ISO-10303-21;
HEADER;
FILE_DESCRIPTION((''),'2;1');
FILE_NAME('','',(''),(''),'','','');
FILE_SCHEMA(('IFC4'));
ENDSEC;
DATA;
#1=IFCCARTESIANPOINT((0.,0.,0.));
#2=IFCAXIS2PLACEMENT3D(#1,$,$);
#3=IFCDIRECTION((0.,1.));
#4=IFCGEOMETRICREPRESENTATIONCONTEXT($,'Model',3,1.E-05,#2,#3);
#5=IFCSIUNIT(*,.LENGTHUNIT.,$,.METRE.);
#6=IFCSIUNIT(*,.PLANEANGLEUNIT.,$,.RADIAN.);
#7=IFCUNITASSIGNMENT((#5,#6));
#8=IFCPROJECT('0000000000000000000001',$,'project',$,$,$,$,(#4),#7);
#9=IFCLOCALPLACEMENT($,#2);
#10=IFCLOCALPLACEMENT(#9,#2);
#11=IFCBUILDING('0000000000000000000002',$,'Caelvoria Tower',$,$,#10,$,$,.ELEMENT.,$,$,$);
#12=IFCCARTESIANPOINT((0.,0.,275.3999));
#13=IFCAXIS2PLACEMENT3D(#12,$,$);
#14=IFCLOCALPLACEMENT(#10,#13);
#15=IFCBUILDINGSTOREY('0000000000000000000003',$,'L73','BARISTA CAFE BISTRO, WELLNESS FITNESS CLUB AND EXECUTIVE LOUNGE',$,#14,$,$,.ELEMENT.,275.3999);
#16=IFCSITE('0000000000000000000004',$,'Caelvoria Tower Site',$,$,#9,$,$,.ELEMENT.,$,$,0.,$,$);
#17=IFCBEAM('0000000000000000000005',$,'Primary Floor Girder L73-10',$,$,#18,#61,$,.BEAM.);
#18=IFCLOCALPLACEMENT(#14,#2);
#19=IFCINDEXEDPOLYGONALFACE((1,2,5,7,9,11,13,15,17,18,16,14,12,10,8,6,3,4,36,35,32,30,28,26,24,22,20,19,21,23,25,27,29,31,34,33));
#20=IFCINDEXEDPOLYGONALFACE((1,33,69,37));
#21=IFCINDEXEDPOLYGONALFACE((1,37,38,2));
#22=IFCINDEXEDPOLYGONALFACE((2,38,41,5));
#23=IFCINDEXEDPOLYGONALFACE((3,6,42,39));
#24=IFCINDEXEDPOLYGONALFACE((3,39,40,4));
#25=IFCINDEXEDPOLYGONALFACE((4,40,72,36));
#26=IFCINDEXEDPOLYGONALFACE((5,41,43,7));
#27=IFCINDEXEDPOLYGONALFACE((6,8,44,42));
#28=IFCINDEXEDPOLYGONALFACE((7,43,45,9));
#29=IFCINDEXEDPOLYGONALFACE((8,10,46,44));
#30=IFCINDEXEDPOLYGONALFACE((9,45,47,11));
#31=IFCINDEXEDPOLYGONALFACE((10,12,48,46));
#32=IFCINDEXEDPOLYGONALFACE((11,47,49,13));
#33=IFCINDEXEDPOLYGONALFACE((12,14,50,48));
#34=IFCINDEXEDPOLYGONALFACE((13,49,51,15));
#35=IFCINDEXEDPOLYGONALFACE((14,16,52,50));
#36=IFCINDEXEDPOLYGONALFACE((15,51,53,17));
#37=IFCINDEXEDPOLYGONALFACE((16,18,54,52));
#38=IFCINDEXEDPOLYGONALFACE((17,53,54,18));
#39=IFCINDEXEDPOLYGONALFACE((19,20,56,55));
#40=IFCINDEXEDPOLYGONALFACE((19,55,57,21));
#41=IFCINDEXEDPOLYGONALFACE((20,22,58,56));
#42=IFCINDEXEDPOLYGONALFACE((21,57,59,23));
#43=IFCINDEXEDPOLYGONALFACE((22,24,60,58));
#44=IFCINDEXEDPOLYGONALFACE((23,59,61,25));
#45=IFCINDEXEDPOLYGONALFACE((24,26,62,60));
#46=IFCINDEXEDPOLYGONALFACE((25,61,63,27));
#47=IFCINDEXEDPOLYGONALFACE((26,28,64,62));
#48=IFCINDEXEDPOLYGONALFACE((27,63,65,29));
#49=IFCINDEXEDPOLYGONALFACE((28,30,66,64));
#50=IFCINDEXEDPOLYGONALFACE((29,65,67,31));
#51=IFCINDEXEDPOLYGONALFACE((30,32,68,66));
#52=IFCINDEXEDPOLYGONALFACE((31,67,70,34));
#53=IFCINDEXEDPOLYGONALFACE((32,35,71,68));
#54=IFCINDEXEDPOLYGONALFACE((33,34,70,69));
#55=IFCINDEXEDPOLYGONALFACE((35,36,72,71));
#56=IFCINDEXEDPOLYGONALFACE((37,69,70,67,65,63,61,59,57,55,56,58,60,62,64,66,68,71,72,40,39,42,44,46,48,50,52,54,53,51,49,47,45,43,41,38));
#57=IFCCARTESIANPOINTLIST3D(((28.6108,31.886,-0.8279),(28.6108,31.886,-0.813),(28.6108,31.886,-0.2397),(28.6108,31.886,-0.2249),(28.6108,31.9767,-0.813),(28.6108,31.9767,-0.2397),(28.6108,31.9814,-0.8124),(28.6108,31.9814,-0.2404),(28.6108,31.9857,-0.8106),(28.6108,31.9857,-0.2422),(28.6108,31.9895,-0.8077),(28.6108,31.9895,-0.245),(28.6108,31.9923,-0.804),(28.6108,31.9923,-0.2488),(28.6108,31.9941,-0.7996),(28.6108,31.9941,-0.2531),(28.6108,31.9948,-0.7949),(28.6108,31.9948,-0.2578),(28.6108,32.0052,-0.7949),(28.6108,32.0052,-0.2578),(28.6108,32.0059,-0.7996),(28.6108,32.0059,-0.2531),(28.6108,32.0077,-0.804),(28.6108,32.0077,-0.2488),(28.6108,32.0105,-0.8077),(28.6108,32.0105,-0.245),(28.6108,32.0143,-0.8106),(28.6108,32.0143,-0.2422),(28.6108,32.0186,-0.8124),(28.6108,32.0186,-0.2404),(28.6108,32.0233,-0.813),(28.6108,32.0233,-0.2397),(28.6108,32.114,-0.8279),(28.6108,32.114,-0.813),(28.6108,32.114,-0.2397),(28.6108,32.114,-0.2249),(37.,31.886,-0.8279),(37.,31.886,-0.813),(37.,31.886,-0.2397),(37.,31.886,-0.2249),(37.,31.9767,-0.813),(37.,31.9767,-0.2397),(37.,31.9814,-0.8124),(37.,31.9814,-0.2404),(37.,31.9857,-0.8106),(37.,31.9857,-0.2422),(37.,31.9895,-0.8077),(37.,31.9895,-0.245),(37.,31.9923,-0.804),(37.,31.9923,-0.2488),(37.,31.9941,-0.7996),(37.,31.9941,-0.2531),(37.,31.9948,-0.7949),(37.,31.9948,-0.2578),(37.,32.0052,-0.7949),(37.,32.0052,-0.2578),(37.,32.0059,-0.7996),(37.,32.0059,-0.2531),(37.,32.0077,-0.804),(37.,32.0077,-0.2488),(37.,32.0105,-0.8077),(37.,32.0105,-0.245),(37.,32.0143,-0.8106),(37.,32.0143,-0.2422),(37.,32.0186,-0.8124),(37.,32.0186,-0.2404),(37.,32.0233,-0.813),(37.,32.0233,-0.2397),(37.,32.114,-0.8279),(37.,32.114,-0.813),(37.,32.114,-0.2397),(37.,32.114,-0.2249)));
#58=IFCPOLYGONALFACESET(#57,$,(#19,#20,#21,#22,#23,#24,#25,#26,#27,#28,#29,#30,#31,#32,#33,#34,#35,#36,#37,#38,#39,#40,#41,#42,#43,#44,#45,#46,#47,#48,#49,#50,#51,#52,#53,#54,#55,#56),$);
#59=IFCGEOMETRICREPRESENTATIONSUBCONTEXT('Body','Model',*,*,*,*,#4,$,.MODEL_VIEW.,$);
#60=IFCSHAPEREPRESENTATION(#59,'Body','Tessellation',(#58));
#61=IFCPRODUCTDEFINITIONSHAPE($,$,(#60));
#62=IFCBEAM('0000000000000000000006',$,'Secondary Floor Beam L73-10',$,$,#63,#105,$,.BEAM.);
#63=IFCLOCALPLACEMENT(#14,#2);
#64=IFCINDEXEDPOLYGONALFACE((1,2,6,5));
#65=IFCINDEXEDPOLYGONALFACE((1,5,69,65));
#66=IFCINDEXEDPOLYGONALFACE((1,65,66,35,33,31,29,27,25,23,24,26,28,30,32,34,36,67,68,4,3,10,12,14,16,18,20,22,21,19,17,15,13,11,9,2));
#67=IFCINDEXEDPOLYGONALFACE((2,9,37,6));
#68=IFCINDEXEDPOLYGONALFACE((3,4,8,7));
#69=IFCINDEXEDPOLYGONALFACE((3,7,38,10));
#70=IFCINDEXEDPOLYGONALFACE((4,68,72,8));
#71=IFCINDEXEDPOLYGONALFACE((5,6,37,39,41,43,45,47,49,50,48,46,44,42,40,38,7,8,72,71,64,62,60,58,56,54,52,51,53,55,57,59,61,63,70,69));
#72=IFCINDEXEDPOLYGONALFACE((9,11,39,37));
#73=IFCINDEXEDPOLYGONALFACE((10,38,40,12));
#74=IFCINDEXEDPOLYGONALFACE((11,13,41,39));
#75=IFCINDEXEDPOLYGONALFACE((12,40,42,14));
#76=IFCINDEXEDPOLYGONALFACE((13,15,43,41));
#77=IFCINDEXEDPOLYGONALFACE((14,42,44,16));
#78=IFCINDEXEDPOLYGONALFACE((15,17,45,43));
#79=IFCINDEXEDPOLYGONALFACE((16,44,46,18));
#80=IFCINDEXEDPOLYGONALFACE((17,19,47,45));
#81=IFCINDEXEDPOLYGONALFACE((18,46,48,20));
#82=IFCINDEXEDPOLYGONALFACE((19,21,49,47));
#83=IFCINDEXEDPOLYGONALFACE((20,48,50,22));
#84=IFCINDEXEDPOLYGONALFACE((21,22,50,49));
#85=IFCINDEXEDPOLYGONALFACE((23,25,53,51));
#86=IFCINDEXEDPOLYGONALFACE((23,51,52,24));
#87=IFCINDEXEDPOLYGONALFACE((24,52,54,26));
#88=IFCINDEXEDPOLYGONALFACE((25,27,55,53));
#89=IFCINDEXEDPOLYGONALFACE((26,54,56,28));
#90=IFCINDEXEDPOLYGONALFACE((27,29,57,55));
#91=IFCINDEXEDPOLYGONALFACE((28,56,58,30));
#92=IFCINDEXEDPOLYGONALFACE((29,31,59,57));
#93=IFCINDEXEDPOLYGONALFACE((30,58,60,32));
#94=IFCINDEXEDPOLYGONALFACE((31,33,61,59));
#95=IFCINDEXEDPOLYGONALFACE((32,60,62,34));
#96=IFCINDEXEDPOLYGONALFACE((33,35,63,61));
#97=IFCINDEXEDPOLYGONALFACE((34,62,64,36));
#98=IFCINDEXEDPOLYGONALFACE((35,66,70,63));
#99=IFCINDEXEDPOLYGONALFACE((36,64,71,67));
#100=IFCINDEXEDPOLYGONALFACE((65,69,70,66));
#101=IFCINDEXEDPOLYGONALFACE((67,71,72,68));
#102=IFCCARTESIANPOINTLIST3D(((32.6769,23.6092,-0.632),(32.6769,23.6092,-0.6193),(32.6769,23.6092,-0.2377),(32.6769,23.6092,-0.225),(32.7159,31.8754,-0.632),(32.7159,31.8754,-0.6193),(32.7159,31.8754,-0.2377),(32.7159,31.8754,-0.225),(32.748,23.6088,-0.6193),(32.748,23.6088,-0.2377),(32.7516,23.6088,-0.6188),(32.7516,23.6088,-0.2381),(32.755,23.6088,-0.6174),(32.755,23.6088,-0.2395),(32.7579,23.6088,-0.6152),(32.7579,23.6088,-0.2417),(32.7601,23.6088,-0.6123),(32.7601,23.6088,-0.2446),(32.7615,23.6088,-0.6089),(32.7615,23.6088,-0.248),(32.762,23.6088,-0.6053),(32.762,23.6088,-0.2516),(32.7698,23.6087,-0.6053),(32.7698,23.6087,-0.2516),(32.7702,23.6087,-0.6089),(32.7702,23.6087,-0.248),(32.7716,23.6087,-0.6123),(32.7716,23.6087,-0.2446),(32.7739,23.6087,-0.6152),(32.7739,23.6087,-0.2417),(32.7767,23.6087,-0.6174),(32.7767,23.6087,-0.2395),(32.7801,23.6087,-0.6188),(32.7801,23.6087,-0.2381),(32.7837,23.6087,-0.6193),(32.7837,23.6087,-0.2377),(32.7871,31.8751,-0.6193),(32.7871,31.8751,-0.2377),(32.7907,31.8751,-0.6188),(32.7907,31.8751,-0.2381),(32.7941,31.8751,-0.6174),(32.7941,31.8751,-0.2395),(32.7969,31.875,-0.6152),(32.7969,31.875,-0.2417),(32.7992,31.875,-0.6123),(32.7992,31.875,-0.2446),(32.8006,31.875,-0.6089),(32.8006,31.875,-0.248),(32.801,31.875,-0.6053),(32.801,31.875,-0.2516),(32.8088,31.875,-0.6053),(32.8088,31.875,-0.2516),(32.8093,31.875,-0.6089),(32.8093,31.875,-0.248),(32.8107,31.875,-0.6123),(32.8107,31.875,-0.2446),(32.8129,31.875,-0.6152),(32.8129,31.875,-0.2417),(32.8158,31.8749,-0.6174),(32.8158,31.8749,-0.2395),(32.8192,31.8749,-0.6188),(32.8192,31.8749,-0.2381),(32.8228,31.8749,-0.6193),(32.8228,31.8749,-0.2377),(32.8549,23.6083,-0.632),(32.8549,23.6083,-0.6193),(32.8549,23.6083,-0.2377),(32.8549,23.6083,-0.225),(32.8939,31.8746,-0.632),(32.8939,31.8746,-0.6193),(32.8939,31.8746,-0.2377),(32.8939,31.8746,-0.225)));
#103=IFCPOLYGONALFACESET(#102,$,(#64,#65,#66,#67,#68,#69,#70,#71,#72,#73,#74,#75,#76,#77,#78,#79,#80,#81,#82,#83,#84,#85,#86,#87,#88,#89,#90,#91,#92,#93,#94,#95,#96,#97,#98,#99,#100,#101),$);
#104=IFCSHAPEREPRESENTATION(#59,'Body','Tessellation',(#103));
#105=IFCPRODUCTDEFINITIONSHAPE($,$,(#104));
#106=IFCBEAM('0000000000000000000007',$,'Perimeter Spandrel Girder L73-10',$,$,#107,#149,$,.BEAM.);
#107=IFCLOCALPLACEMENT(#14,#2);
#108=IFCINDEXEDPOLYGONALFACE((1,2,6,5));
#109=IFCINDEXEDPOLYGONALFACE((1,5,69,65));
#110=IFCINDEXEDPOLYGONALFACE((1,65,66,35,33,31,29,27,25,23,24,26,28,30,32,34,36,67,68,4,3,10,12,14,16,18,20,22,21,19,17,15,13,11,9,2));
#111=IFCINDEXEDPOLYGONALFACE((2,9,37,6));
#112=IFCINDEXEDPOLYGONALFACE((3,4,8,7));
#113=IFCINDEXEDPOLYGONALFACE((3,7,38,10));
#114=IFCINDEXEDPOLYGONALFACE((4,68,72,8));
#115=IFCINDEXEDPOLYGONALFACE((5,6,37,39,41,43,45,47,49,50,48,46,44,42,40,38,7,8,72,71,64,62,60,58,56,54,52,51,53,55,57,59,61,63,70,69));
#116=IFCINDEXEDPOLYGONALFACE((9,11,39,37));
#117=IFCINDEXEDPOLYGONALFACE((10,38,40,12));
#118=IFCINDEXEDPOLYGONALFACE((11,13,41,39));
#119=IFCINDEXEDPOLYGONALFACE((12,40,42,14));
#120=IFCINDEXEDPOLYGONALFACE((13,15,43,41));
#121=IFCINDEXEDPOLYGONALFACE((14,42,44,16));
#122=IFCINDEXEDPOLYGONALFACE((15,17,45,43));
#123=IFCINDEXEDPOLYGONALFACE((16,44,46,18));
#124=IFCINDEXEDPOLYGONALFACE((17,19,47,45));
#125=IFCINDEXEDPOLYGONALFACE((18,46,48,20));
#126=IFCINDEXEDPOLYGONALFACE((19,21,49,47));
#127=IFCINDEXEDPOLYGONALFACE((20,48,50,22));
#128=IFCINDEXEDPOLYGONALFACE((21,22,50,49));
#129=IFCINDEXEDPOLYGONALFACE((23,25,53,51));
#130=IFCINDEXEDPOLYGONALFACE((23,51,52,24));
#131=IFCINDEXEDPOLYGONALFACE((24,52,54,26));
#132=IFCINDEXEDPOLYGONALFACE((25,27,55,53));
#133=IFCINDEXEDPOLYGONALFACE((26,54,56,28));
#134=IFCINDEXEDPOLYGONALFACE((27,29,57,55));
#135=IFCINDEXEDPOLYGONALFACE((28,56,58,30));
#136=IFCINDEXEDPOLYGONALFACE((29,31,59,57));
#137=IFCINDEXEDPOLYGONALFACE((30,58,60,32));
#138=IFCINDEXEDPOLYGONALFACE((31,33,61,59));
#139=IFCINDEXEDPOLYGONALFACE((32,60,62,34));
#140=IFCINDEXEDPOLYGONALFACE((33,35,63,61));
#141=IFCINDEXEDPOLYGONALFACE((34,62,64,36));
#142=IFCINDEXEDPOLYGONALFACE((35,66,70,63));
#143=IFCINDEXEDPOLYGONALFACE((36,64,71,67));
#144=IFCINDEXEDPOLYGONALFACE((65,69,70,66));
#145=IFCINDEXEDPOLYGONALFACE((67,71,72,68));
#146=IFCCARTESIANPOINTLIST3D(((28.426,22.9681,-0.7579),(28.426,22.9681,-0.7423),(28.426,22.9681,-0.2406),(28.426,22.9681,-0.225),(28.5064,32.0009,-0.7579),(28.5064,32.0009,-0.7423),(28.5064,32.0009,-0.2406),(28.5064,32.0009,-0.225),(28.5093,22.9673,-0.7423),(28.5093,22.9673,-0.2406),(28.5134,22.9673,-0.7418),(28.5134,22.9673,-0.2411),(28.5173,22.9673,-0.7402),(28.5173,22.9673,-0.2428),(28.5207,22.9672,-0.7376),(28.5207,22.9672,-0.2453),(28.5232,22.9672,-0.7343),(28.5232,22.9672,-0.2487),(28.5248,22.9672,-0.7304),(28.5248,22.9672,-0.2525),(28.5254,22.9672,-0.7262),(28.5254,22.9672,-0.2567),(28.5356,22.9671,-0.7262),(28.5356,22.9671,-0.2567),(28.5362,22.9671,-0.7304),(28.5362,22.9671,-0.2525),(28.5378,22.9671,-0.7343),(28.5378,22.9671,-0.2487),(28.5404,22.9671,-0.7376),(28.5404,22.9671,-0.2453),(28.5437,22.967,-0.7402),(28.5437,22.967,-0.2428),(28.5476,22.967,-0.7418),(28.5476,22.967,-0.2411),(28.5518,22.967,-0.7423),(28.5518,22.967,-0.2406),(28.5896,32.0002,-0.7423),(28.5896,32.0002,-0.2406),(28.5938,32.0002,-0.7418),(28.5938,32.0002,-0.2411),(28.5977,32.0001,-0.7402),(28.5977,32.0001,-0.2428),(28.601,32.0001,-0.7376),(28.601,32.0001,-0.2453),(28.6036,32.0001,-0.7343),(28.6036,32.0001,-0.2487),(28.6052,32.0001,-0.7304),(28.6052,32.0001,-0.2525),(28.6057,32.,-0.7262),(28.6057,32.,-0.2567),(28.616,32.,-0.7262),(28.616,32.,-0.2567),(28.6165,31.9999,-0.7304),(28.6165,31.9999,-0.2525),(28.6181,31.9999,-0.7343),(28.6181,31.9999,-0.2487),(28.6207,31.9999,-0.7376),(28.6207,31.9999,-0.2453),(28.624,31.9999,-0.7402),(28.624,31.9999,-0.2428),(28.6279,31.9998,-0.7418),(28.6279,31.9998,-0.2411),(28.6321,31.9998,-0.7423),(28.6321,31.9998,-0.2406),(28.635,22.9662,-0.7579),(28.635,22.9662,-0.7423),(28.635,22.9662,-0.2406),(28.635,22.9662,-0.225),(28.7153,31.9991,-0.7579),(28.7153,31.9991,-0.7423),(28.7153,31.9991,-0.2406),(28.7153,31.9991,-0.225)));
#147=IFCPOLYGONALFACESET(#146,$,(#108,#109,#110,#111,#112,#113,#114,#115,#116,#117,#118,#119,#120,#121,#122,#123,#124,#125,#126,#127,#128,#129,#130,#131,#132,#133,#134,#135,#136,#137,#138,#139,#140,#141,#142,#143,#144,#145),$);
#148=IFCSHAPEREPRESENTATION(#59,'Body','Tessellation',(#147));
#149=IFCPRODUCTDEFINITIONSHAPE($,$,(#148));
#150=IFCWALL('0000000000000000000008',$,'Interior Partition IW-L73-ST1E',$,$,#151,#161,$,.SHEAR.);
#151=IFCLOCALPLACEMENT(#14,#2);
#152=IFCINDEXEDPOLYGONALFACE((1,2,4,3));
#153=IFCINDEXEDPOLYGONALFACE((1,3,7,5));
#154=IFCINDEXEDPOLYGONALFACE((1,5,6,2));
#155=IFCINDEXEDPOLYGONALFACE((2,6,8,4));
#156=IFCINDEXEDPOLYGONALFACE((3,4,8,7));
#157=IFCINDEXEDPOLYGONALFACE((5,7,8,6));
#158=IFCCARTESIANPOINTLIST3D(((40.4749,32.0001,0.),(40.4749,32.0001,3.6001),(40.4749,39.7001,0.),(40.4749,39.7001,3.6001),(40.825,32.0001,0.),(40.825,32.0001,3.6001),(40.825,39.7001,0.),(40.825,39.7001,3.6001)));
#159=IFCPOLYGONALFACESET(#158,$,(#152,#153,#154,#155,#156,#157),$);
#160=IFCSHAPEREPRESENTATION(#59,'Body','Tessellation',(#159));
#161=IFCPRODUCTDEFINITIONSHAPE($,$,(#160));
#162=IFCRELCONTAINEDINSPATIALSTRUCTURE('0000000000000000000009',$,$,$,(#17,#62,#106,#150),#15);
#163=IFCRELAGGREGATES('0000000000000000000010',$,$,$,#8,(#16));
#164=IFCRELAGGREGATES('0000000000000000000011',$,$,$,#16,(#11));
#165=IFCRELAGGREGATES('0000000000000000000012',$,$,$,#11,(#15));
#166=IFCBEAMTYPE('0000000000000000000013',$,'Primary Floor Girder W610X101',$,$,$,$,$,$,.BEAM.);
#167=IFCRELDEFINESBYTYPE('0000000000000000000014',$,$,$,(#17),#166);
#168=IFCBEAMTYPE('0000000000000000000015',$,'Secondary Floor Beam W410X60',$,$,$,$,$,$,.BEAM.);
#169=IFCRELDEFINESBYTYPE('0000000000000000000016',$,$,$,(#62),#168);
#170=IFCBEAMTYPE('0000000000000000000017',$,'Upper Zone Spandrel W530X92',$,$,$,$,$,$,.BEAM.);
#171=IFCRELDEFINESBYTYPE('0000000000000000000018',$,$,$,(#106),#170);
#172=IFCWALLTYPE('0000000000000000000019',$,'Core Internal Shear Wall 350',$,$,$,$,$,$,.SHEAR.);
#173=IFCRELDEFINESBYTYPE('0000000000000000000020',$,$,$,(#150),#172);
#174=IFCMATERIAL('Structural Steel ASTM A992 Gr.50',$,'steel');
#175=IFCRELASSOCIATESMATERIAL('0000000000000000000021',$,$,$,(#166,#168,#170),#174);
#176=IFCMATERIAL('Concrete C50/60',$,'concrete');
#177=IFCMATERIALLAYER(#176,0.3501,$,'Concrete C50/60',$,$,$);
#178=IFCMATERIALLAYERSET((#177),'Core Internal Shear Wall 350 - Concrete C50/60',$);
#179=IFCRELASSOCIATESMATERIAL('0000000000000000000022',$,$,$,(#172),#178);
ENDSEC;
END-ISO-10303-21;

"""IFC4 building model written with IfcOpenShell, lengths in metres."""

from ifc_helpers import new_model, si_unit, direction, frame, frame_2d, origin, origin_2d, place, context, subcontext, project, spatial, rectangle, i_section, extrude, material, layer, layer_set, material_profile, profile_set, type_object, element, save


model = new_model("IFC4")

# Units and contexts
model_context = context("Model", 3, precision=1e-05, world=origin(), true_north=direction((0.0, 1.0)))
body_context = subcontext(model_context, "Body", "Model", "MODEL_VIEW")
ifc_project = project(units=[si_unit("LENGTHUNIT", "METRE"), si_unit("PLANEANGLEUNIT", "RADIAN")], contexts=[model_context])

# Site, building, storey
site_placement = place(None, origin())
site = spatial("IfcSite", under=ifc_project, at=site_placement, Name="Caelvoria Tower Site", CompositionType="ELEMENT", RefElevation=0.0)
building_placement = place(site_placement, origin())
building = spatial("IfcBuilding", under=site, at=building_placement, Name="Caelvoria Tower", CompositionType="ELEMENT")
storey_placement = place(building_placement, frame((0.0, 0.0, 275.3999)))
storey = spatial("IfcBuildingStorey", under=building, at=storey_placement, Name="L73", Description="BARISTA CAFE BISTRO, WELLNESS FITNESS CLUB AND EXECUTIVE LOUNGE", CompositionType="ELEMENT", Elevation=275.3999)

# Shared definitions
ifc_material_1 = material(Name="Structural Steel ASTM A992 Gr.50", Category="steel")

# Beams
ifc_material_profile_1 = material_profile(ifc_material_1, i_section(OverallWidth=0.228, OverallDepth=0.603, WebThickness=0.0105, FlangeThickness=0.0149, FilletRadius=0.0181, at=origin_2d()), Name="Structural Steel ASTM A992 Gr.50")
ifc_profile_set_1 = profile_set([ifc_material_profile_1], Name="W610X101 - Structural Steel ASTM A992 Gr.50")
beam_type_1 = type_object("IfcBeamType", Name="Primary Floor Girder W610X101", PredefinedType="BEAM", material=ifc_profile_set_1)
beam_1_placement = place(storey_placement, frame((37.0, 32.0, -0.5264), z_axis=(-1.0, 0.0, 0.0), x_axis=(0.0, -1.0, 0.0)))
element("IfcBeam", 1, at=beam_1_placement, inside=storey, type_object=beam_type_1, Name="Primary Floor Girder L73-10", PredefinedType="BEAM", context=body_context, shape_type="SweptSolid", body=[
    extrude(i_section(OverallWidth=0.228, OverallDepth=0.603, WebThickness=0.0105, FlangeThickness=0.0149, FilletRadius=0.0181, at=origin_2d()), origin(), (0.0, 0.0, 1.0), 8.3892),
])
ifc_material_profile_2 = material_profile(ifc_material_1, i_section(OverallWidth=0.178, OverallDepth=0.407, WebThickness=0.0078, FlangeThickness=0.0127, FilletRadius=0.0139, at=origin_2d()), Name="Structural Steel ASTM A992 Gr.50")
ifc_profile_set_2 = profile_set([ifc_material_profile_2], Name="W410X60 - Structural Steel ASTM A992 Gr.50")
beam_type_2 = type_object("IfcBeamType", Name="Secondary Floor Beam W410X60", PredefinedType="BEAM", material=ifc_profile_set_2)
beam_2_placement = place(storey_placement, frame((32.8049, 31.875, -0.4285), z_axis=(-0.004725, -0.999989, 0.0), x_axis=(0.999989, -0.004725, 0.0)))
element("IfcBeam", 2, at=beam_2_placement, inside=storey, type_object=beam_type_2, Name="Secondary Floor Beam L73-10", PredefinedType="BEAM", context=body_context, shape_type="SweptSolid", body=[
    extrude(i_section(OverallWidth=0.178, OverallDepth=0.407, WebThickness=0.0078, FlangeThickness=0.0127, FilletRadius=0.0139, at=origin_2d()), origin(), (0.0, 0.0, 1.0), 8.2664),
])
ifc_material_profile_3 = material_profile(ifc_material_1, i_section(OverallWidth=0.209, OverallDepth=0.533, WebThickness=0.0103, FlangeThickness=0.0156, FilletRadius=0.0161, at=origin_2d()), Name="Structural Steel ASTM A992 Gr.50")
ifc_profile_set_3 = profile_set([ifc_material_profile_3], Name="W530X92 - Structural Steel ASTM A992 Gr.50")
beam_type_3 = type_object("IfcBeamType", Name="Upper Zone Spandrel W530X92", PredefinedType="BEAM", material=ifc_profile_set_3)
beam_3_placement = place(storey_placement, frame((28.6108, 32.0, -0.4915), z_axis=(-0.008892, -0.99996, 0.0), x_axis=(0.99996, -0.008892, 0.0)))
element("IfcBeam", 3, at=beam_3_placement, inside=storey, type_object=beam_type_3, Name="Perimeter Spandrel Girder L73-10", PredefinedType="BEAM", context=body_context, shape_type="SweptSolid", body=[
    extrude(i_section(OverallWidth=0.209, OverallDepth=0.533, WebThickness=0.0103, FlangeThickness=0.0156, FilletRadius=0.0161, at=origin_2d()), origin(), (0.0, 0.0, 1.0), 9.0332),
])

# Shared definitions
ifc_material_2 = material(Name="Concrete C50/60", Category="concrete")
ifc_layer_1 = layer(ifc_material_2, 0.3501, Name="Concrete C50/60")
ifc_layer_set_1 = layer_set([ifc_layer_1], Name="Core Internal Shear Wall 350 - Concrete C50/60")
wall_type_1 = type_object("IfcWallType", Name="Core Internal Shear Wall 350", PredefinedType="SHEAR", material=ifc_layer_set_1)

# Wall
wall_1_placement = place(storey_placement, frame((40.6499, 32.0, 0.0), z_axis=(0.0, 0.0, 1.0), x_axis=(0.0, 1.0, 0.0)))
element("IfcWall", 4, at=wall_1_placement, inside=storey, type_object=wall_type_1, Name="Interior Partition IW-L73-ST1E", PredefinedType="SHEAR", context=body_context, shape_type="SweptSolid", body=[
    extrude(rectangle(XDim=7.7, YDim=0.3501, at=frame_2d((3.8501, 0.0))), origin(), (0.0, 0.0, 1.0), 3.6001),
])

save(model, "model.ifc")
